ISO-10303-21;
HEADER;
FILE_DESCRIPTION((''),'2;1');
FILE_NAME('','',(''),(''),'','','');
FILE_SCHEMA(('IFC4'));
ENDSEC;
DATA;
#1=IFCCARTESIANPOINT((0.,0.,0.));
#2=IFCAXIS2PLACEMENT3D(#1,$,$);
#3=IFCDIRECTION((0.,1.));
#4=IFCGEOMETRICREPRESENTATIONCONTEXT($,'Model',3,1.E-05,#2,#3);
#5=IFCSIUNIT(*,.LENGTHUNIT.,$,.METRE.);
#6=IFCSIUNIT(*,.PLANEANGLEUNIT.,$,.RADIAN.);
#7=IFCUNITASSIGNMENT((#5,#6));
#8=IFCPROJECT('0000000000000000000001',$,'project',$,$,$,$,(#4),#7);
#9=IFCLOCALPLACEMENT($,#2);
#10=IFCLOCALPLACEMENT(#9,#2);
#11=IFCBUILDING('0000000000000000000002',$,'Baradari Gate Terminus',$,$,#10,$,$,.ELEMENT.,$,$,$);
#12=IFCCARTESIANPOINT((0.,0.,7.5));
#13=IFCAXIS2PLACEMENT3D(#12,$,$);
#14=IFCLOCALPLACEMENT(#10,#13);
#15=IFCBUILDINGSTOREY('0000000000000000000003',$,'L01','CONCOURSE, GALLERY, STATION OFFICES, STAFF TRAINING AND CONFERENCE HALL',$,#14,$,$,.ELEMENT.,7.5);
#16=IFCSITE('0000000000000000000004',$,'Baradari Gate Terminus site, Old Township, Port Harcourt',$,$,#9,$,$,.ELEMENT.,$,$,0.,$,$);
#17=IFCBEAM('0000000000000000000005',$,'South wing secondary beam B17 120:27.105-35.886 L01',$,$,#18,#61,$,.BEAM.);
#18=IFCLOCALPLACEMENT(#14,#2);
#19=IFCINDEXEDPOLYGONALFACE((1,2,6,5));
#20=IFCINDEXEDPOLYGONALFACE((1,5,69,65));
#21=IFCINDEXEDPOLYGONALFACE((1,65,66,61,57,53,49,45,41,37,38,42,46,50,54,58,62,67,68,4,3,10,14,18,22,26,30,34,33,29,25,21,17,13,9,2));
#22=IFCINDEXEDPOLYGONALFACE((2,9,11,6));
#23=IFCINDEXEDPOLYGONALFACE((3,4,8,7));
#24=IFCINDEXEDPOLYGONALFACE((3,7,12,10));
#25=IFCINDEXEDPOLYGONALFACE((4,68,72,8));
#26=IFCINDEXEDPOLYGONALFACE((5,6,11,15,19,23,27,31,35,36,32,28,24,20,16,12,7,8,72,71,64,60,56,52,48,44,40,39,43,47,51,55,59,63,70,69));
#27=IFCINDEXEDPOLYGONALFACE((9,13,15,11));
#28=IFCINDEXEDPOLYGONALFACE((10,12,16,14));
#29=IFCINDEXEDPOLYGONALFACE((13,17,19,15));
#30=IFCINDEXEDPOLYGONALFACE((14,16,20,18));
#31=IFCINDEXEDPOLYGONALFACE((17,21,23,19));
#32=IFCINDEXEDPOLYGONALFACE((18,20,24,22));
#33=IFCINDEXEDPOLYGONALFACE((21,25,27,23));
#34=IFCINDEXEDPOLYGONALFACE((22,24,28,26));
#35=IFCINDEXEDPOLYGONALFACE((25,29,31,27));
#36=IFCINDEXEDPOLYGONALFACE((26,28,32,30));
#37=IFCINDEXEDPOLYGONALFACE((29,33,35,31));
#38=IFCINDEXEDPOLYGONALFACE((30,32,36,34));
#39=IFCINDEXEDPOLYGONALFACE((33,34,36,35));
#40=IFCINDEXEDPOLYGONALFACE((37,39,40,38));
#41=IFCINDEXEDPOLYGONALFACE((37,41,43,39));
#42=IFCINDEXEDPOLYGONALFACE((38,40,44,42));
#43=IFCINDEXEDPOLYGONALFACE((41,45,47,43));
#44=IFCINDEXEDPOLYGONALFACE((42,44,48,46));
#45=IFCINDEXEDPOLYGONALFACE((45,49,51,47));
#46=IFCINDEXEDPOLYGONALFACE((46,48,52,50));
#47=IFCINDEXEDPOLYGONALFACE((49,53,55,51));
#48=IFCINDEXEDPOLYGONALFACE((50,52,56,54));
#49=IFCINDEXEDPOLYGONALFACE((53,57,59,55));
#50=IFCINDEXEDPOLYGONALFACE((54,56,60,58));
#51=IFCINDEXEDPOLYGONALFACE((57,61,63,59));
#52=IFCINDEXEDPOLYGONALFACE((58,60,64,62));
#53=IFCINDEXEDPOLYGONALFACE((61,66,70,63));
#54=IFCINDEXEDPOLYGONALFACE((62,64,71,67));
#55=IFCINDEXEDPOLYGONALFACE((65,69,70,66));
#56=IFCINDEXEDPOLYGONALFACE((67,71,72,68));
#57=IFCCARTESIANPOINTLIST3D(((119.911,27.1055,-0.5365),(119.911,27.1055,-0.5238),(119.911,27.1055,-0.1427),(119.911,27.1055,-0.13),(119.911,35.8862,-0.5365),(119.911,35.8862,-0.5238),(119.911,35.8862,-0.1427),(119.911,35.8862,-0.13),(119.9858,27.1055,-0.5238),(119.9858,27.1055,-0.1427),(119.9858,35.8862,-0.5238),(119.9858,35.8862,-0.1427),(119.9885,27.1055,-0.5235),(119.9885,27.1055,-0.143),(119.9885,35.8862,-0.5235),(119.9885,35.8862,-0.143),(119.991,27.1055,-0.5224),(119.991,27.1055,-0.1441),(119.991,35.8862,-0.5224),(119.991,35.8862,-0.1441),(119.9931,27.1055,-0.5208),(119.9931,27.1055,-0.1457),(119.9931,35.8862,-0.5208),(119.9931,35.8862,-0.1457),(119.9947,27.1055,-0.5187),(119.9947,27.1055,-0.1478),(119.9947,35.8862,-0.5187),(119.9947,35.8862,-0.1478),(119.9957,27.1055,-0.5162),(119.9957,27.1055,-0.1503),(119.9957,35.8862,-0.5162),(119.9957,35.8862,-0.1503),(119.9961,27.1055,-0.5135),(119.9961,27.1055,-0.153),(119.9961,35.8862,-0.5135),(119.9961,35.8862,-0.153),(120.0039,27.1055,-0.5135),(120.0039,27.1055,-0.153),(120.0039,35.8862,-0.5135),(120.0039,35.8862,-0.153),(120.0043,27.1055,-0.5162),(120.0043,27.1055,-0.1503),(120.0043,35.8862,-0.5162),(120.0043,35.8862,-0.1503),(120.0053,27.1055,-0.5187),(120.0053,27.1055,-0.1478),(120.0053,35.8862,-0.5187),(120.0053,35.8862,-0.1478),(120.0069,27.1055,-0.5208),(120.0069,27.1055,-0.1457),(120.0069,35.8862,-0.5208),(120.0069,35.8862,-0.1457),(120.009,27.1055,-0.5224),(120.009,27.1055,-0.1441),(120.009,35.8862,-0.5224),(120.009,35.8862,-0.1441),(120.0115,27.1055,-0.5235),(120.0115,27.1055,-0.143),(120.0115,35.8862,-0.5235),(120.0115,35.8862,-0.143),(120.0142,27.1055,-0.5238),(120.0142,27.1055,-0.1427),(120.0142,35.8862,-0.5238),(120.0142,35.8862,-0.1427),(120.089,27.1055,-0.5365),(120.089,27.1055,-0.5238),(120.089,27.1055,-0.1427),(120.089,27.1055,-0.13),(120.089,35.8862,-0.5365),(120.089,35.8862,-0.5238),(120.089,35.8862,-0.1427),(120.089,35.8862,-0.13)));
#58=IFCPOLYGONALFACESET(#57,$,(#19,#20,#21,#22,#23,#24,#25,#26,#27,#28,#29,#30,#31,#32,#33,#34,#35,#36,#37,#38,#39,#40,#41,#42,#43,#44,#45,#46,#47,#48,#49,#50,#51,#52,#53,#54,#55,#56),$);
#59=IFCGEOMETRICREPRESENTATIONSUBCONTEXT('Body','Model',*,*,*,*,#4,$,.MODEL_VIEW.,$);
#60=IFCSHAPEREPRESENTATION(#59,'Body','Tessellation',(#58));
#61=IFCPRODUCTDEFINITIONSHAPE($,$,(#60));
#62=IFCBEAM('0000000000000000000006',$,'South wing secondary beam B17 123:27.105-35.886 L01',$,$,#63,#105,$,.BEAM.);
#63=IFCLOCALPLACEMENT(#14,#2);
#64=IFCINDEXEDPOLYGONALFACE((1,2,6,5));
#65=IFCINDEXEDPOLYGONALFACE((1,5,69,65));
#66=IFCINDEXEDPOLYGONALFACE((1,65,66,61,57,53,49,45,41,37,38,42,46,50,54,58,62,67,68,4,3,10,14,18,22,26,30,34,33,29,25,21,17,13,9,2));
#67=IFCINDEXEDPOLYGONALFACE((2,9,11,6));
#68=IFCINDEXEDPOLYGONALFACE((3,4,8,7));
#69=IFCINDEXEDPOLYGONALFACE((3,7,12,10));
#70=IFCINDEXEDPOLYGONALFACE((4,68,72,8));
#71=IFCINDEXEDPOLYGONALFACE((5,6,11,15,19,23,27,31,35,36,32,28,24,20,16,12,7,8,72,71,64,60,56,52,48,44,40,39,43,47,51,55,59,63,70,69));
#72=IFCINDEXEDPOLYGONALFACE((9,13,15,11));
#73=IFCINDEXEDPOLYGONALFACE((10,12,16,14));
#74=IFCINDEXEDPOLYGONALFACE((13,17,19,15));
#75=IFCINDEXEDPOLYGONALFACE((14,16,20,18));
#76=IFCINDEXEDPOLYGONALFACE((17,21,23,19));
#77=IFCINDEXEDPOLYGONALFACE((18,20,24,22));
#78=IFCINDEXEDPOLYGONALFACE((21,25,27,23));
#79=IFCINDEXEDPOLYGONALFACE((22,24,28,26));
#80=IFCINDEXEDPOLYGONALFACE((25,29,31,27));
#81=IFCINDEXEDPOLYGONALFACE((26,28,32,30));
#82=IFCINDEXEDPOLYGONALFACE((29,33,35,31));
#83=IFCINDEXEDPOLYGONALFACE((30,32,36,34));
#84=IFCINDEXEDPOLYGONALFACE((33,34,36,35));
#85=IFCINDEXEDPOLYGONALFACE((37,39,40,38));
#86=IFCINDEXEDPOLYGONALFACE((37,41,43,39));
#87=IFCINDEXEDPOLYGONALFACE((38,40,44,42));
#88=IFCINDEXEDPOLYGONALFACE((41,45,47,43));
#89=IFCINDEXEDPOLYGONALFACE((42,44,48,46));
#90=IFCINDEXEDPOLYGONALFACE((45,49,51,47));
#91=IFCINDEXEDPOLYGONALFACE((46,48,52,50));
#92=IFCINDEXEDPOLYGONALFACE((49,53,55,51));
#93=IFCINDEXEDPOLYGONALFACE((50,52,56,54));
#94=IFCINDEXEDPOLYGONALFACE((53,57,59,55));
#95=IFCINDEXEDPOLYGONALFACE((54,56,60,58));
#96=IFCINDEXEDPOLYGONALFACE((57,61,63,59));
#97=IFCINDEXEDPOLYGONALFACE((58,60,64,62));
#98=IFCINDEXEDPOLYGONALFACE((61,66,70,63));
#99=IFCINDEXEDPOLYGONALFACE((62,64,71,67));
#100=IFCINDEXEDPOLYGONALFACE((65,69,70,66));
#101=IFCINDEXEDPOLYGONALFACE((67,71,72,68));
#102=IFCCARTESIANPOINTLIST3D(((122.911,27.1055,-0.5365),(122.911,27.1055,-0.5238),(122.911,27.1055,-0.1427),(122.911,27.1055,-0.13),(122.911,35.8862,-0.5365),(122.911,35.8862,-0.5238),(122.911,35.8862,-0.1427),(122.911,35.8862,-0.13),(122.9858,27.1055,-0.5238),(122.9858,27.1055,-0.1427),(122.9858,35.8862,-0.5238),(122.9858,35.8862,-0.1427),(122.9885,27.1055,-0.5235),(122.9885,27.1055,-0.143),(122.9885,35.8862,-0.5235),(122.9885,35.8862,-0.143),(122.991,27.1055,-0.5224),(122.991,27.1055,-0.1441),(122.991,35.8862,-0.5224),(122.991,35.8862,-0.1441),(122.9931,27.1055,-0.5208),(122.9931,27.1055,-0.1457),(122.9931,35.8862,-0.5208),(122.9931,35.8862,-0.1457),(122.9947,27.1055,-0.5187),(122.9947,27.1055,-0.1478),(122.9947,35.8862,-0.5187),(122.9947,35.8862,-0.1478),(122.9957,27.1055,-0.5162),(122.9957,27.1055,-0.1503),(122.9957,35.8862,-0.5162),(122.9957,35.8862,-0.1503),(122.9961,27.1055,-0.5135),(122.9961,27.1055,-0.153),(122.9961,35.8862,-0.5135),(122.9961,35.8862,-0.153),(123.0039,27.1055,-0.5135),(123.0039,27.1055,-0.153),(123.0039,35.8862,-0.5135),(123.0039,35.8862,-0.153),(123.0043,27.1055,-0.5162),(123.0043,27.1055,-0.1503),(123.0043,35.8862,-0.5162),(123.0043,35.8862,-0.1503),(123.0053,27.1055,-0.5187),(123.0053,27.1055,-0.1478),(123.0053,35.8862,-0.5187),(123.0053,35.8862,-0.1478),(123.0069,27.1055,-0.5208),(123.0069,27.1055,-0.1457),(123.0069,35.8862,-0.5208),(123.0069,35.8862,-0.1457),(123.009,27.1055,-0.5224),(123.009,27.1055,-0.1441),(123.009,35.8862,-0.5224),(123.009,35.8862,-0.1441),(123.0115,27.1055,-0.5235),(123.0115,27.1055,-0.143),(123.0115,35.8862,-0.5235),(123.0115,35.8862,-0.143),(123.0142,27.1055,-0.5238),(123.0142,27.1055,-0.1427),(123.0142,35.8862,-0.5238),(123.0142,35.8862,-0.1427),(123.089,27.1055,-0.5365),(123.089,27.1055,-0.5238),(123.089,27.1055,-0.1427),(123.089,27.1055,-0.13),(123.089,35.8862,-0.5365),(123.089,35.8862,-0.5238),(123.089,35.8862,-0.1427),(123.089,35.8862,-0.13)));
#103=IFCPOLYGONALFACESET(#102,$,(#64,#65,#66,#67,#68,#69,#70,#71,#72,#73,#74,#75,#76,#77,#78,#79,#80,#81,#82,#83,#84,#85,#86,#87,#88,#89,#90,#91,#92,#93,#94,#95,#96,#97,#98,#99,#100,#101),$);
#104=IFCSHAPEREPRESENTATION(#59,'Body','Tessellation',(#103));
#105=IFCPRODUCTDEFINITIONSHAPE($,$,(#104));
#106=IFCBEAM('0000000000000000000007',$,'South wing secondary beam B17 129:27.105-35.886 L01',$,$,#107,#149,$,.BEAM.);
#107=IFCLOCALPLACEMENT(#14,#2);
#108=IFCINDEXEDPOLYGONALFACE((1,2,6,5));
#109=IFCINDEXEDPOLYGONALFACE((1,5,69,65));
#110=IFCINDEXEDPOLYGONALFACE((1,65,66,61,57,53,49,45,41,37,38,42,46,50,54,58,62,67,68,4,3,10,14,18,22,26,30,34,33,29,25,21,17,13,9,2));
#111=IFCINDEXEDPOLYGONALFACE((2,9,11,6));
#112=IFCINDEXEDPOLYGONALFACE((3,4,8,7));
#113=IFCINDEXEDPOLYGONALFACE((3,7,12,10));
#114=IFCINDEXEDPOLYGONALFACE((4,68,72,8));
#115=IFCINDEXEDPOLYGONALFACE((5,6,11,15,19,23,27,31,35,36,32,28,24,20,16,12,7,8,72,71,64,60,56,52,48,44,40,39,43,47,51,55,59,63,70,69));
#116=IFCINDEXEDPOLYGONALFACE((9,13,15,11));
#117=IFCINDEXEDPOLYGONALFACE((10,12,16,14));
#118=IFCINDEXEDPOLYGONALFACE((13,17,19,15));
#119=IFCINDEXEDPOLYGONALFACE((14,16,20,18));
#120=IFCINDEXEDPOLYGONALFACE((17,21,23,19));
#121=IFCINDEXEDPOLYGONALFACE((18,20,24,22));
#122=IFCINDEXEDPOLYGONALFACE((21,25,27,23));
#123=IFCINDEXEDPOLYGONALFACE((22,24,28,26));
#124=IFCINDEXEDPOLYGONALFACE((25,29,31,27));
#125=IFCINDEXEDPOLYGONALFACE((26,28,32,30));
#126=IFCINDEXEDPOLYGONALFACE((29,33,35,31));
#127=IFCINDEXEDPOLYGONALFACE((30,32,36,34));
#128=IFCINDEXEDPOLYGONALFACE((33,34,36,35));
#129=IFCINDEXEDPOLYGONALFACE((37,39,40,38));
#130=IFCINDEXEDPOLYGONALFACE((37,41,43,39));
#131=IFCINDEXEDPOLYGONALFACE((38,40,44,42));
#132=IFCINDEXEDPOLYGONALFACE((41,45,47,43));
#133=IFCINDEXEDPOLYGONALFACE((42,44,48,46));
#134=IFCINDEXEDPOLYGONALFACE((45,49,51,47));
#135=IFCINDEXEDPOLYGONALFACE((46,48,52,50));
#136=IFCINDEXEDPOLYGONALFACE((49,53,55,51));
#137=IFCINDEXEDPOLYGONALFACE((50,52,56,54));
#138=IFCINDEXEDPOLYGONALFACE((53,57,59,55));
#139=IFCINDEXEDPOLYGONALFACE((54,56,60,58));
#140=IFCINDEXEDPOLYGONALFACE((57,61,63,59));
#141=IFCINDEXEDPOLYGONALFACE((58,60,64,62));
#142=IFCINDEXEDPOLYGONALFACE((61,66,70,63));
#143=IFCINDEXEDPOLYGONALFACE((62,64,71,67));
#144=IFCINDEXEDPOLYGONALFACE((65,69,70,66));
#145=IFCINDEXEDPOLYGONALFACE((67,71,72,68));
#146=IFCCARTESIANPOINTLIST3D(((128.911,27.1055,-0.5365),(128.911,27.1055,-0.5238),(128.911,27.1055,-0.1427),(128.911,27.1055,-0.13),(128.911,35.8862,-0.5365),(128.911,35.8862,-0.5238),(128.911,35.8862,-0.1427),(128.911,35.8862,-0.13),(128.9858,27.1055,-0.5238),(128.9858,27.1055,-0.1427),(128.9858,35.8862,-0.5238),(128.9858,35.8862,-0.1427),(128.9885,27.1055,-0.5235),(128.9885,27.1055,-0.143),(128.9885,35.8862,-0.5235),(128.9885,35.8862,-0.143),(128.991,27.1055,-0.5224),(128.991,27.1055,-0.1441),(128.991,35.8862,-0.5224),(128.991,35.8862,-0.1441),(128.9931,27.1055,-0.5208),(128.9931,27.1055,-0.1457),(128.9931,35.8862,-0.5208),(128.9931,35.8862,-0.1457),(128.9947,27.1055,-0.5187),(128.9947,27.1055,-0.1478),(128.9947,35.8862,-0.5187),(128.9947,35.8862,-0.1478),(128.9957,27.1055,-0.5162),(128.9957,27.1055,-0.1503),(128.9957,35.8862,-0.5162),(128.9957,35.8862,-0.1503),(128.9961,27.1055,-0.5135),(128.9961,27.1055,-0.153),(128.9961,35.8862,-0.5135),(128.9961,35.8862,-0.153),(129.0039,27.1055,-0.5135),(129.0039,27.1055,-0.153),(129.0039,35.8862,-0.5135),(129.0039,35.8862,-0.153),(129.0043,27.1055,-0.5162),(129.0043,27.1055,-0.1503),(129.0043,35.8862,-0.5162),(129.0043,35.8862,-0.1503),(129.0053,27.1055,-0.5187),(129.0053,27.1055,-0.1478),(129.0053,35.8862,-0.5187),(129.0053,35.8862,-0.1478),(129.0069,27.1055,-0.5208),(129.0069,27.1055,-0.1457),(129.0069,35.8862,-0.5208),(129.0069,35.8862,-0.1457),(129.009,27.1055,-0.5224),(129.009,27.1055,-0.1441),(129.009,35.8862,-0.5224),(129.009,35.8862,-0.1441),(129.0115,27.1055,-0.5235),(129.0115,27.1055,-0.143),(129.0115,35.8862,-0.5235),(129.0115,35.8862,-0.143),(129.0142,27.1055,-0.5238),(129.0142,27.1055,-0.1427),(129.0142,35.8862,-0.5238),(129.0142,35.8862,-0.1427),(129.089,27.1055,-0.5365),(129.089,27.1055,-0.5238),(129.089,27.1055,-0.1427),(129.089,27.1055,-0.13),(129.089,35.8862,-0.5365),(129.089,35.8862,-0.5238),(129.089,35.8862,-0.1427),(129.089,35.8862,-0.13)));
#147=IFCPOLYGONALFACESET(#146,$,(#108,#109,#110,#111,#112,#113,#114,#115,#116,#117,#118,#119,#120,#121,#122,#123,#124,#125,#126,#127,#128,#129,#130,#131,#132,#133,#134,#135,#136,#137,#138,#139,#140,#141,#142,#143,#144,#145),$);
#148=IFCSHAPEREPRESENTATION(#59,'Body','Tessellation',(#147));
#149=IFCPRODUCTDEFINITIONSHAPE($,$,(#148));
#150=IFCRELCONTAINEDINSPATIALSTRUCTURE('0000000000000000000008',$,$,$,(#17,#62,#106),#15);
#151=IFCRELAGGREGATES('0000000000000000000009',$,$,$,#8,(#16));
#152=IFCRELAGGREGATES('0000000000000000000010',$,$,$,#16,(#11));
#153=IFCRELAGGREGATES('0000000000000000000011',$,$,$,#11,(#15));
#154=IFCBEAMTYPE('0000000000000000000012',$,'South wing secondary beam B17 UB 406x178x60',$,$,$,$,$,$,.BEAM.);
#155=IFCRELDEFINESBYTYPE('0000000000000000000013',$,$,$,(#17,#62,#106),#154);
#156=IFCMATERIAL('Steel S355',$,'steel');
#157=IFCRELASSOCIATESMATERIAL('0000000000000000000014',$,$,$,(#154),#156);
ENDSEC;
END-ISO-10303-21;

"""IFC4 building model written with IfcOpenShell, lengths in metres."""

from ifc_helpers import new_model, si_unit, direction, frame, origin, origin_2d, place, context, subcontext, project, spatial, i_section, extrude, material, material_profile, profile_set, type_object, element, save


model = new_model("IFC4")

# Units and contexts
model_context = context("Model", 3, precision=1e-05, world=origin(), true_north=direction((0.0, 1.0)))
body_context = subcontext(model_context, "Body", "Model", "MODEL_VIEW")
ifc_project = project(units=[si_unit("LENGTHUNIT", "METRE"), si_unit("PLANEANGLEUNIT", "RADIAN")], contexts=[model_context])

# Site, building, storey
site_placement = place(None, origin())
site = spatial("IfcSite", under=ifc_project, at=site_placement, Name="Baradari Gate Terminus site, Old Township, Port Harcourt", CompositionType="ELEMENT", RefElevation=0.0)
building_placement = place(site_placement, origin())
building = spatial("IfcBuilding", under=site, at=building_placement, Name="Baradari Gate Terminus", CompositionType="ELEMENT")
storey_placement = place(building_placement, frame((0.0, 0.0, 7.5)))
storey = spatial("IfcBuildingStorey", under=building, at=storey_placement, Name="L01", Description="CONCOURSE, GALLERY, STATION OFFICES, STAFF TRAINING AND CONFERENCE HALL", CompositionType="ELEMENT", Elevation=7.5)

# Beams
ifc_material_1 = material(Name="Steel S355", Category="steel")
ifc_material_profile_1 = material_profile(ifc_material_1, i_section(OverallWidth=0.178, OverallDepth=0.4065, WebThickness=0.0078, FlangeThickness=0.0127, FilletRadius=0.0103, at=origin_2d()), Name="UB 406x178x60")
ifc_profile_set_1 = profile_set([ifc_material_profile_1], Name="Steel S355")
beam_type_1 = type_object("IfcBeamType", Name="South wing secondary beam B17 UB 406x178x60", PredefinedType="BEAM", material=ifc_profile_set_1)
for number, where, z_axis, x_axis, name in (
    (1, (120.0, 27.1055, -0.3333), (0.0, 1.0, 0.0), (-1.0, 0.0, 0.0), "South wing secondary beam B17 120:27.105-35.886 L01"),
    (2, (123.0, 27.1055, -0.3333), (0.0, 1.0, 0.0), (-1.0, 0.0, 0.0), "South wing secondary beam B17 123:27.105-35.886 L01"),
    (3, (129.0, 27.1055, -0.3333), (0.0, 1.0, 0.0), (-1.0, 0.0, 0.0), "South wing secondary beam B17 129:27.105-35.886 L01"),
):
    element("IfcBeam", number, at=place(storey_placement, frame(where, z_axis=z_axis, x_axis=x_axis)), inside=storey, type_object=beam_type_1, Name=name, PredefinedType="BEAM", context=body_context, shape_type="SweptSolid", body=[
        extrude(i_section(OverallWidth=0.178, OverallDepth=0.4065, WebThickness=0.0078, FlangeThickness=0.0127, FilletRadius=0.0103, at=origin_2d()), origin(), (0.0, 0.0, 1.0), 8.7808),
    ])

save(model, "model.ifc")
